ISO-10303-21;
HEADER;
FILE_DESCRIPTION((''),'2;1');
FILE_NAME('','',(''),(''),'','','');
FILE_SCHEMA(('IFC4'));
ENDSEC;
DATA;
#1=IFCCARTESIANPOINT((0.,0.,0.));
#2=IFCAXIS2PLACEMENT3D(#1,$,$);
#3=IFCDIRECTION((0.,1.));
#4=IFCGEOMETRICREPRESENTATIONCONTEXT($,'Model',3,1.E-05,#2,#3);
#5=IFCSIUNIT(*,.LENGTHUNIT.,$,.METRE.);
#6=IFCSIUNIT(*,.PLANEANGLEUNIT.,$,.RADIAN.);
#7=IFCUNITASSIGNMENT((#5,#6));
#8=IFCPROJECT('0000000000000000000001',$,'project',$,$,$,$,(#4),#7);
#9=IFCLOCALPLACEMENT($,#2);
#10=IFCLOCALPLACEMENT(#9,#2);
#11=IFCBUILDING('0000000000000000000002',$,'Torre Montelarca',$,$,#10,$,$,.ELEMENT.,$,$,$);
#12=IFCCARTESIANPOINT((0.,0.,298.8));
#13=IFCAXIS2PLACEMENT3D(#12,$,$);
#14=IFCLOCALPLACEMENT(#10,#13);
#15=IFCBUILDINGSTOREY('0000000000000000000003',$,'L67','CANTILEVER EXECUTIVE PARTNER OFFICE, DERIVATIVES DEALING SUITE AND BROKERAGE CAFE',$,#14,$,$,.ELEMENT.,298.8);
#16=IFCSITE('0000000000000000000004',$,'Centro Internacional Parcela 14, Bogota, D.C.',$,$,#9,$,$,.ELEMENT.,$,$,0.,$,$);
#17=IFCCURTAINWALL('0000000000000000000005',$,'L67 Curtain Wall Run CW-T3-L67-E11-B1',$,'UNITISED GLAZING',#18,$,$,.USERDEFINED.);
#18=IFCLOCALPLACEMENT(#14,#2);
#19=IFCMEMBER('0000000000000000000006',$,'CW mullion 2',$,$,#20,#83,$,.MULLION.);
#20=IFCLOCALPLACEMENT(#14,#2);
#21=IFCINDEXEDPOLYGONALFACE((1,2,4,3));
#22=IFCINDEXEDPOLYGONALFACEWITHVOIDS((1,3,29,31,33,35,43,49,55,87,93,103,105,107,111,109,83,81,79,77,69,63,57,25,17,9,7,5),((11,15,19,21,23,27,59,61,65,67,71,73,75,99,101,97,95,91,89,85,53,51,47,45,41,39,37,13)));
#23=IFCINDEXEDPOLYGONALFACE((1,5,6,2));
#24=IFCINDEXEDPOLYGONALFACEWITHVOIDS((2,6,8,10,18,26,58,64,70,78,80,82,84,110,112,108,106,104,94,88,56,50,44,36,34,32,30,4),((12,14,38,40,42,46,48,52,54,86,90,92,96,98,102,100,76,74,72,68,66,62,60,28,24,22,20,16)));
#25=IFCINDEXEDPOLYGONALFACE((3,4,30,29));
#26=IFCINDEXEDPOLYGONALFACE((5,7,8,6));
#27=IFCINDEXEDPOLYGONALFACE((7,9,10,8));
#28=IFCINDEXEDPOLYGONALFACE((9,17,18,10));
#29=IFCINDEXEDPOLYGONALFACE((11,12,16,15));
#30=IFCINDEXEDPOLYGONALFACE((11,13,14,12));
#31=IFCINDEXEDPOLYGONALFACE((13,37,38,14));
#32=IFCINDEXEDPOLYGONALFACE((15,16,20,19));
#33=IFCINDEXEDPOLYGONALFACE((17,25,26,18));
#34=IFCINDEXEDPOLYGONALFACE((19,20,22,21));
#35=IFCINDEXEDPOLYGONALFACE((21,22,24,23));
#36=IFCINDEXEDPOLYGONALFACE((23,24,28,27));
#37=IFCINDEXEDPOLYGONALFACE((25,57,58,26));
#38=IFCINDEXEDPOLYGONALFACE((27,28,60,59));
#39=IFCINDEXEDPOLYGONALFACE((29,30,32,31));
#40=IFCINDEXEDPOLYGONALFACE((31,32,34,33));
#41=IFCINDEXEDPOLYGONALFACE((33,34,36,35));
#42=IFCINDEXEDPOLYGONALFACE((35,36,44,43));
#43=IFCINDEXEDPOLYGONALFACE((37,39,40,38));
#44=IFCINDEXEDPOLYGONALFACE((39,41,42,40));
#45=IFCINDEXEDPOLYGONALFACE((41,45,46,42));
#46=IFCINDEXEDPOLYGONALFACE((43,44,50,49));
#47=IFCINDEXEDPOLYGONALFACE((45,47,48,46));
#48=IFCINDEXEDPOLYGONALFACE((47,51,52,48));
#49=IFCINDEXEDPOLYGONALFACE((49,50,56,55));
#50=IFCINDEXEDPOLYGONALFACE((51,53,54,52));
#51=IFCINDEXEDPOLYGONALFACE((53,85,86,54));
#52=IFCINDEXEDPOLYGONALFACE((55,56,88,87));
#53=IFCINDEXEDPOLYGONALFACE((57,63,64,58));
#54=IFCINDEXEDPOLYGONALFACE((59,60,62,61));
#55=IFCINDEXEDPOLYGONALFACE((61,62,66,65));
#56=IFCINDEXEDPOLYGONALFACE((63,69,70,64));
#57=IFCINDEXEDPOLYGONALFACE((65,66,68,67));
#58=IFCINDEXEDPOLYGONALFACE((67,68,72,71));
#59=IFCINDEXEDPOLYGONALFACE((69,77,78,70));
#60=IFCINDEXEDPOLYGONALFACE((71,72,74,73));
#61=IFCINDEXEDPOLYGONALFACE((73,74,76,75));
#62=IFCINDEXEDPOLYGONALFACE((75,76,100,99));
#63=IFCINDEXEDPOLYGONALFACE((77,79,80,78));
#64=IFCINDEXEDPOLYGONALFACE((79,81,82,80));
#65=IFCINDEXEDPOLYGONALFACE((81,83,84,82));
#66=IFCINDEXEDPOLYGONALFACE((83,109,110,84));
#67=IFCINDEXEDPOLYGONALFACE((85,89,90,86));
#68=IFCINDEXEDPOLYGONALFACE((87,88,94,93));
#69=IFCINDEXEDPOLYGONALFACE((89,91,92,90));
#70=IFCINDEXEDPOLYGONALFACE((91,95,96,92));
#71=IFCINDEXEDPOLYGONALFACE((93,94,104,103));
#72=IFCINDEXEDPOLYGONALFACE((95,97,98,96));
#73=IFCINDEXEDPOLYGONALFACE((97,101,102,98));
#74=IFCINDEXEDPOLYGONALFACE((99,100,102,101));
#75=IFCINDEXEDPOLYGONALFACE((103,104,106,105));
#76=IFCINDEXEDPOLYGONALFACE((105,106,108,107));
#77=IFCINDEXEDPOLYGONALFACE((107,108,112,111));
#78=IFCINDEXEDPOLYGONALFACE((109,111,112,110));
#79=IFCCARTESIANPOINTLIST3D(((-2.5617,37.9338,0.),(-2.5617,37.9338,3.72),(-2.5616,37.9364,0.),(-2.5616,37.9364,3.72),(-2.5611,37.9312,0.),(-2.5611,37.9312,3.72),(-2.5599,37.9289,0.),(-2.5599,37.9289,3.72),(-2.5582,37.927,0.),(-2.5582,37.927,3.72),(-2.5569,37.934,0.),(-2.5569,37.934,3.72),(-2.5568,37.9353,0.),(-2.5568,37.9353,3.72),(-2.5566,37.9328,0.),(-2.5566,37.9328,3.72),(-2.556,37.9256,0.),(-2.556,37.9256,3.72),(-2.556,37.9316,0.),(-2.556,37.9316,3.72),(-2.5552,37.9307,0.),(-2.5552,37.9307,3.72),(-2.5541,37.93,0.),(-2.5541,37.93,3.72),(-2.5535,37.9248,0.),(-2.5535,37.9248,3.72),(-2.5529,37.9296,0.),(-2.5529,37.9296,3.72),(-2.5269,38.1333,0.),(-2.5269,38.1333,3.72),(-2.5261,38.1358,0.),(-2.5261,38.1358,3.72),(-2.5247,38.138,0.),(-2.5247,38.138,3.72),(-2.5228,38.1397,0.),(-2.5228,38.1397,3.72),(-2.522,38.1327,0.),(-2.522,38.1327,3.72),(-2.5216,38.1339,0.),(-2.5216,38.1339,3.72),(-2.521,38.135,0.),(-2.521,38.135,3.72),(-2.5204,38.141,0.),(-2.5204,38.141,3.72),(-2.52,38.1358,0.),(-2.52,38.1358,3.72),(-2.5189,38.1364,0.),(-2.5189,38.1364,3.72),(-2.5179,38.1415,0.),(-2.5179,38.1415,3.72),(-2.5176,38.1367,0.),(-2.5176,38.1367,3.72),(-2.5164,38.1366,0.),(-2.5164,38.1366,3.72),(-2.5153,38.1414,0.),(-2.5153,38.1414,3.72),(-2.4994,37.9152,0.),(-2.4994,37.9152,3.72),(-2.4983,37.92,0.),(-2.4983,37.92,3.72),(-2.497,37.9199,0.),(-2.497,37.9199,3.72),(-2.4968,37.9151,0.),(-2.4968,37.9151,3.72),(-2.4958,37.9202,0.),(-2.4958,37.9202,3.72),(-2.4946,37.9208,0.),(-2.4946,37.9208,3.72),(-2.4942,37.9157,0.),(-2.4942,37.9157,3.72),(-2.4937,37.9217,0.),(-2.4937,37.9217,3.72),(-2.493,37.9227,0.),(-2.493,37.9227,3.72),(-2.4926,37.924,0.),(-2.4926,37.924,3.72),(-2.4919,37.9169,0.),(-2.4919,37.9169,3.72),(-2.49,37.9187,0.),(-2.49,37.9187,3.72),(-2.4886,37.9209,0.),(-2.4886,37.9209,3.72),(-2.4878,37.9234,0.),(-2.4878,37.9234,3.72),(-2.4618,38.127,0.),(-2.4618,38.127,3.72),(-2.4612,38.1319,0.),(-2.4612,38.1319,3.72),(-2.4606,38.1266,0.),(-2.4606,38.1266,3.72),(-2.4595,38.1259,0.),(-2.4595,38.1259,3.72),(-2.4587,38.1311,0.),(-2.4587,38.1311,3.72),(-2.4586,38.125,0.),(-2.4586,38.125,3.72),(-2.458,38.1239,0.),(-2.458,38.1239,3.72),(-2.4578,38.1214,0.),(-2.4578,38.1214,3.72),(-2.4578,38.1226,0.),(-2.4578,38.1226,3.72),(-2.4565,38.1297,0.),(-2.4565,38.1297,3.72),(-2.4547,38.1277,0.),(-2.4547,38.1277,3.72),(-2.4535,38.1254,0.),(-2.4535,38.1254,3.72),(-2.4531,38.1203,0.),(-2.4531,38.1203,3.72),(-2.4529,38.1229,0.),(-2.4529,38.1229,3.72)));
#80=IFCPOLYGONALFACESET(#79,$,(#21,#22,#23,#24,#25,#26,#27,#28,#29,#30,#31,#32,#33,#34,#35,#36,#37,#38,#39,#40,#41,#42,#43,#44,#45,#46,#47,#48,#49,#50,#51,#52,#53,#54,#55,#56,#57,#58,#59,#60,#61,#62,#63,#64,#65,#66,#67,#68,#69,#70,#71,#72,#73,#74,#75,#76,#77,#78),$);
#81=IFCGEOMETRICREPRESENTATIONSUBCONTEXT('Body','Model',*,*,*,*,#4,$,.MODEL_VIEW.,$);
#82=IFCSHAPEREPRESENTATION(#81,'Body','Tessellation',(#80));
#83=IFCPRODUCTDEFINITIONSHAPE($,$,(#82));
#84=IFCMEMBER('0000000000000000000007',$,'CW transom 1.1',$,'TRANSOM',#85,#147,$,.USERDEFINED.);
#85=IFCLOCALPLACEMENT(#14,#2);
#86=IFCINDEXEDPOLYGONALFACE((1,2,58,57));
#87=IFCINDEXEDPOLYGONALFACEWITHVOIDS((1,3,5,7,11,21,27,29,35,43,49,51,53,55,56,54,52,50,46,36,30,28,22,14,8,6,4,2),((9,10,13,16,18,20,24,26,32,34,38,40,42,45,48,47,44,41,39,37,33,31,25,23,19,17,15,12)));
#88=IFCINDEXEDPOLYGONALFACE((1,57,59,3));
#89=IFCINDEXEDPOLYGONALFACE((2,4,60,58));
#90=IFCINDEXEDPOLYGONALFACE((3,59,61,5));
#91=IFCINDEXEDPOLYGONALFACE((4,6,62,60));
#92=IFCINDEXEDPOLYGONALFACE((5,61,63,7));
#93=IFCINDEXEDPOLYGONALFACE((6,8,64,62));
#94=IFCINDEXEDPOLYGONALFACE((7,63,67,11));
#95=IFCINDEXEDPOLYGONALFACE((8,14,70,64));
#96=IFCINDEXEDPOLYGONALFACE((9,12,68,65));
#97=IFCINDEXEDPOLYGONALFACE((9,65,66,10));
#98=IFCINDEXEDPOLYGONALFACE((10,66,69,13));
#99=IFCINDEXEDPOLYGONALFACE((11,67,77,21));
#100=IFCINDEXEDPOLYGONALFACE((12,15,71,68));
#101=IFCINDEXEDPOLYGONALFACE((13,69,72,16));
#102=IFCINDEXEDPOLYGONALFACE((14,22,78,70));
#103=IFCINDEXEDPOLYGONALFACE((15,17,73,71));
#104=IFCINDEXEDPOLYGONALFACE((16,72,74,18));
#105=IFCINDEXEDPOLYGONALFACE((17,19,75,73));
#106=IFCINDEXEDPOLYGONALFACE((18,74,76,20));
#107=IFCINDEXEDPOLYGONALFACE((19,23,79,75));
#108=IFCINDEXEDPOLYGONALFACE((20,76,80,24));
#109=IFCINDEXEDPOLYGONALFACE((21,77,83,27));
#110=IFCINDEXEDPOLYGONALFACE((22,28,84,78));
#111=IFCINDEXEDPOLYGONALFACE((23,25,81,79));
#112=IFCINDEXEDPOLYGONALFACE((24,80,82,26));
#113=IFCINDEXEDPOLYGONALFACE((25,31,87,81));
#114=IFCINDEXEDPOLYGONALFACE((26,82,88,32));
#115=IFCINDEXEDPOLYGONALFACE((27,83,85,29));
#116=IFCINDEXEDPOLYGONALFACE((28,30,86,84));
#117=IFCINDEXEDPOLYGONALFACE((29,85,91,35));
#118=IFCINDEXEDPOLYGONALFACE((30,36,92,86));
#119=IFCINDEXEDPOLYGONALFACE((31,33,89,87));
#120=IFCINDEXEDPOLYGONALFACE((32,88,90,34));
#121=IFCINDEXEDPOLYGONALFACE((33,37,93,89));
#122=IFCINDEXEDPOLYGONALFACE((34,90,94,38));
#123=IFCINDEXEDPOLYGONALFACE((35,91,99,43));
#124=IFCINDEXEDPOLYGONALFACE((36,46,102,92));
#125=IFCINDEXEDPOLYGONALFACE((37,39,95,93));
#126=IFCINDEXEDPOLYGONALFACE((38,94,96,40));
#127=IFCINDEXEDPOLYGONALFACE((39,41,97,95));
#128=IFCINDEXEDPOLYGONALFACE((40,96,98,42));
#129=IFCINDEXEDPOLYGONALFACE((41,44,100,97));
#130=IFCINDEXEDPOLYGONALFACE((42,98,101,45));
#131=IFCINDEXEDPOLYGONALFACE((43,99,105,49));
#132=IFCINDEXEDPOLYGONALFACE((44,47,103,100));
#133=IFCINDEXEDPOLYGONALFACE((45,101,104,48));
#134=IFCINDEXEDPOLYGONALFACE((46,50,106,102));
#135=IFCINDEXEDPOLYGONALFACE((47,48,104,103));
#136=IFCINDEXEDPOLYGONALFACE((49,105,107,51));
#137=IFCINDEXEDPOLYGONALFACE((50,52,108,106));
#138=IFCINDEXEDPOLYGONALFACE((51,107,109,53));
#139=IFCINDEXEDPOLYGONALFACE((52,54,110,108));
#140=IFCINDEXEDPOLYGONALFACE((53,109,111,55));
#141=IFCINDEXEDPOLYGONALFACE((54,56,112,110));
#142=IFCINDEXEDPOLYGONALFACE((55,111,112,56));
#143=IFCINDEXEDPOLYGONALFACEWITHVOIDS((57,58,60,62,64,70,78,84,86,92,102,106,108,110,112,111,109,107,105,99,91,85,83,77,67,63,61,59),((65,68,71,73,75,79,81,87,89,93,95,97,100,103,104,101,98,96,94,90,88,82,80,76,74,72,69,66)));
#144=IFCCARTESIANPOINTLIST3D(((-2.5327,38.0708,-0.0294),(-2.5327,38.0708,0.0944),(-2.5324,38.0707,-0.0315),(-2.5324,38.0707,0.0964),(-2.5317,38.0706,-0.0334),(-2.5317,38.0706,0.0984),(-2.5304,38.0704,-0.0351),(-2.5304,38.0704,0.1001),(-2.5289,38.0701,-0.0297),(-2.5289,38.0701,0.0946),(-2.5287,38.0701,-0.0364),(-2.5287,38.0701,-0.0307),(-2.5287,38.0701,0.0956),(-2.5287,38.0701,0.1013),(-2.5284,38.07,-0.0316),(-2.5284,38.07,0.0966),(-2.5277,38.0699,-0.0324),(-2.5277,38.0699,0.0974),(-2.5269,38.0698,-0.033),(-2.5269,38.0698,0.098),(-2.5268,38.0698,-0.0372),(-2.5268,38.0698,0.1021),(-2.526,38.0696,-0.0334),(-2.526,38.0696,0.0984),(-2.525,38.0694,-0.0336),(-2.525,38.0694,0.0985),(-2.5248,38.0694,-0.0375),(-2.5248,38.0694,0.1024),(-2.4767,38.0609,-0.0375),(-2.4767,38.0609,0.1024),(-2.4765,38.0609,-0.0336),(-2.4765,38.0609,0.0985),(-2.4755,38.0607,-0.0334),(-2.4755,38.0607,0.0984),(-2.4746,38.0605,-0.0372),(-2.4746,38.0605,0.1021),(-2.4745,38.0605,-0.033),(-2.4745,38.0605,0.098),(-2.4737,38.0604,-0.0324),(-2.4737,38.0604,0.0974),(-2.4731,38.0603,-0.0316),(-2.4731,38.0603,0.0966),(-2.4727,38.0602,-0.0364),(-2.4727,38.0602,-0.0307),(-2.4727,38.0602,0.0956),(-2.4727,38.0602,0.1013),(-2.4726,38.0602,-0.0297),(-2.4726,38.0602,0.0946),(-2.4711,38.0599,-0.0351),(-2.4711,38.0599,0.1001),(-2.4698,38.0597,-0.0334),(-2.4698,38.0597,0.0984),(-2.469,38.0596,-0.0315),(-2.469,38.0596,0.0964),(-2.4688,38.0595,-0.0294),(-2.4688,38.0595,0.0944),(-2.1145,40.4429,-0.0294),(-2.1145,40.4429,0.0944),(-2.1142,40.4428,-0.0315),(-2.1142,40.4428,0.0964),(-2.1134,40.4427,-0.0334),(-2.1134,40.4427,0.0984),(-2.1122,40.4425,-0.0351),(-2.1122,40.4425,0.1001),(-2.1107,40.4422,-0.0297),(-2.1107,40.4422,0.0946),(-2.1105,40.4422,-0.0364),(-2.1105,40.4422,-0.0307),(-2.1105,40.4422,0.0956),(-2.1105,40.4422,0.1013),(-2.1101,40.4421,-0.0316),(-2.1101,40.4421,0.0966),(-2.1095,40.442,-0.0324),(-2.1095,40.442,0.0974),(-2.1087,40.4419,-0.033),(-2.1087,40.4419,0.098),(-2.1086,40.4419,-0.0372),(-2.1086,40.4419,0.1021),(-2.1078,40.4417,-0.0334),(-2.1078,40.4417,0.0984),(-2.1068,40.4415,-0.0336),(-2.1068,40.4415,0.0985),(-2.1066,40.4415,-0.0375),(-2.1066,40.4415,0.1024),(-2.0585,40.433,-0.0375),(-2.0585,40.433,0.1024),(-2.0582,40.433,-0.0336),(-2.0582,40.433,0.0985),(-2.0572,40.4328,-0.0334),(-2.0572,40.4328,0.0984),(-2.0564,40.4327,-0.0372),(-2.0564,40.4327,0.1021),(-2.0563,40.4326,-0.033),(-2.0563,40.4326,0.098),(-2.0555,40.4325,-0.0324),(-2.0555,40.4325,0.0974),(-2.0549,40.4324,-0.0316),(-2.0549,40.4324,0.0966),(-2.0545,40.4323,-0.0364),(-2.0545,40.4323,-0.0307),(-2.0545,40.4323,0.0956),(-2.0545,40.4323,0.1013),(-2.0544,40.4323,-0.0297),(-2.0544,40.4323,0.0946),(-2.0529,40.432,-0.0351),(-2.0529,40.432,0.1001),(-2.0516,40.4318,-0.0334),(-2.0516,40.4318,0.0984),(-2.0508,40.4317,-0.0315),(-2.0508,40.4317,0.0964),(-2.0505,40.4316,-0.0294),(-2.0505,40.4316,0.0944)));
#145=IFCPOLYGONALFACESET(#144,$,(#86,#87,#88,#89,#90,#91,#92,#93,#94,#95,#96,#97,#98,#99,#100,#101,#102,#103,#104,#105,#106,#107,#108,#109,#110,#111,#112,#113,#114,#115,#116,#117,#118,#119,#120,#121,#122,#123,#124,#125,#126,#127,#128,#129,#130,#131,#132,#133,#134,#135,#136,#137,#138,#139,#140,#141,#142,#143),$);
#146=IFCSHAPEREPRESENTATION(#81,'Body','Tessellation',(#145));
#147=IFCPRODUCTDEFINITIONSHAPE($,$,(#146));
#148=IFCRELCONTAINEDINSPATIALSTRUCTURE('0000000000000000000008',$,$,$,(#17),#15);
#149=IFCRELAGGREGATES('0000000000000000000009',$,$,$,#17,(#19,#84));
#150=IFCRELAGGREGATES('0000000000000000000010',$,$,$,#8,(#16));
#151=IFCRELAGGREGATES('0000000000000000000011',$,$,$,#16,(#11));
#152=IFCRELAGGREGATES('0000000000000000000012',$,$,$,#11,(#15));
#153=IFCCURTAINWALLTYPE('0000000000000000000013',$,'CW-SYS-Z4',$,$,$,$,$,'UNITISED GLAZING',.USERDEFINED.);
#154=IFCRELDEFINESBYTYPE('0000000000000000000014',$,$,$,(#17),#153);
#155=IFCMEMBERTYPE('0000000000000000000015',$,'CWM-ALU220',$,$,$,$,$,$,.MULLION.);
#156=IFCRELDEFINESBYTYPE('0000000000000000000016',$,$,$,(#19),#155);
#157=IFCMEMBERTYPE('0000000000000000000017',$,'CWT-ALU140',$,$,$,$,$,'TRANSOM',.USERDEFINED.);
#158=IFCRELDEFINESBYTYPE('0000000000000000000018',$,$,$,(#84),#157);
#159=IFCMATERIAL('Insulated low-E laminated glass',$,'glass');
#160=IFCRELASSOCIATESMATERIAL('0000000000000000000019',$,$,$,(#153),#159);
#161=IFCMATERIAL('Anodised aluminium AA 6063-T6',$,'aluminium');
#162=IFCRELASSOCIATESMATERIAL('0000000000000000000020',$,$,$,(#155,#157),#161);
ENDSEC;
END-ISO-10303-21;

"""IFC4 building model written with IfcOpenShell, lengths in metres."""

from ifc_helpers import new_model, si_unit, direction, frame, origin, origin_2d, place, context, subcontext, project, spatial, hollow_rectangle, extrude, source, transform, mapped, material, material_profile, profile_set, type_object, element, aggregate, save


model = new_model("IFC4")

# Units and contexts
model_context = context("Model", 3, precision=1e-05, world=origin(), true_north=direction((0.0, 1.0)))
body_context = subcontext(model_context, "Body", "Model", "MODEL_VIEW")
ifc_project = project(units=[si_unit("LENGTHUNIT", "METRE"), si_unit("PLANEANGLEUNIT", "RADIAN")], contexts=[model_context])

# Site, building, storey
site_placement = place(None, origin())
site = spatial("IfcSite", under=ifc_project, at=site_placement, Name="Centro Internacional Parcela 14, Bogota, D.C.", CompositionType="ELEMENT", RefElevation=0.0)
building_placement = place(site_placement, origin())
building = spatial("IfcBuilding", under=site, at=building_placement, Name="Torre Montelarca", CompositionType="ELEMENT")
storey_placement = place(building_placement, frame((0.0, 0.0, 298.8)))
storey = spatial("IfcBuildingStorey", under=building, at=storey_placement, Name="L67", Description="CANTILEVER EXECUTIVE PARTNER OFFICE, DERIVATIVES DEALING SUITE AND BROKERAGE CAFE", CompositionType="ELEMENT", Elevation=298.8)

# Curtain wall, members
ifc_material_1 = material(Name="Insulated low-E laminated glass", Category="glass")
curtain_wall_type = type_object("IfcCurtainWallType", Name="CW-SYS-Z4", ElementType="UNITISED GLAZING", PredefinedType="USERDEFINED", material=ifc_material_1)
ifc_material_2 = material(Name="Anodised aluminium AA 6063-T6", Category="aluminium")
ifc_material_profile_1 = material_profile(ifc_material_2, hollow_rectangle(XDim=0.075, YDim=0.22, WallThickness=0.0049, InnerFilletRadius=0.0049, OuterFilletRadius=0.01, at=origin_2d()), Name="ALU75X220X5", Category="aluminium")
ifc_profile_set_1 = profile_set([ifc_material_profile_1], Name="Anodised aluminium AA 6063-T6")
member_type_1 = type_object("IfcMemberType", Name="CWM-ALU220", PredefinedType="MULLION", material=ifc_profile_set_1)
shared_shape_1 = source(origin(), body_context, "Body", "SweptSolid", [
    extrude(hollow_rectangle(XDim=0.075, YDim=0.22, WallThickness=0.0049, InnerFilletRadius=0.0049, OuterFilletRadius=0.01, at=origin_2d()), origin(), (0.0, 0.0, 1.0), 3.72),
])
curtain_wall_1_placement = place(storey_placement, origin())
curtain_wall_1 = element("IfcCurtainWall", 1, at=curtain_wall_1_placement, inside=storey, type_object=curtain_wall_type, Name="L67 Curtain Wall Run CW-T3-L67-E11-B1", ObjectType="UNITISED GLAZING", PredefinedType="USERDEFINED")
member_1_placement = place(storey_placement, frame((-2.5073, 38.0283, 0.0), z_axis=(0.0, 0.0, 1.0), x_axis=(0.98481, -0.173635, 0.0)))
member_1 = element("IfcMember", 2, at=member_1_placement, type_object=member_type_1, Name="CW mullion 2", PredefinedType="MULLION", context=body_context, shape_type="MappedRepresentation", body=[
    mapped(shared_shape_1, transform((0.0, 0.0, 0.0), scale=1.0)),
])
ifc_material_profile_2 = material_profile(ifc_material_2, hollow_rectangle(XDim=0.0649, YDim=0.1399, WallThickness=0.0039, InnerFilletRadius=0.0039, OuterFilletRadius=0.0081, at=origin_2d()), Name="ALU65X140X4", Category="aluminium")
ifc_profile_set_2 = profile_set([ifc_material_profile_2], Name="Anodised aluminium AA 6063-T6")
member_type_2 = type_object("IfcMemberType", Name="CWT-ALU140", ElementType="TRANSOM", PredefinedType="USERDEFINED", material=ifc_profile_set_2)
shared_shape_2 = source(origin(), body_context, "Body", "SweptSolid", [
    extrude(hollow_rectangle(XDim=0.0649, YDim=0.1399, WallThickness=0.0039, InnerFilletRadius=0.0039, OuterFilletRadius=0.0081, at=origin_2d()), origin(), (0.0, 0.0, 1.0), 2.4087),
])
member_2_placement = place(storey_placement, frame((-2.0825, 40.4373, 0.0325), z_axis=(-0.173629, -0.984811, 0.0), x_axis=(0.984811, -0.173629, 0.0)))
member_2 = element("IfcMember", 3, at=member_2_placement, type_object=member_type_2, Name="CW transom 1.1", ObjectType="TRANSOM", PredefinedType="USERDEFINED", context=body_context, shape_type="MappedRepresentation", body=[
    mapped(shared_shape_2, transform((0.0, 0.0, 0.0), scale=1.0)),
])

aggregate(curtain_wall_1, [member_1, member_2])

save(model, "model.ifc")
